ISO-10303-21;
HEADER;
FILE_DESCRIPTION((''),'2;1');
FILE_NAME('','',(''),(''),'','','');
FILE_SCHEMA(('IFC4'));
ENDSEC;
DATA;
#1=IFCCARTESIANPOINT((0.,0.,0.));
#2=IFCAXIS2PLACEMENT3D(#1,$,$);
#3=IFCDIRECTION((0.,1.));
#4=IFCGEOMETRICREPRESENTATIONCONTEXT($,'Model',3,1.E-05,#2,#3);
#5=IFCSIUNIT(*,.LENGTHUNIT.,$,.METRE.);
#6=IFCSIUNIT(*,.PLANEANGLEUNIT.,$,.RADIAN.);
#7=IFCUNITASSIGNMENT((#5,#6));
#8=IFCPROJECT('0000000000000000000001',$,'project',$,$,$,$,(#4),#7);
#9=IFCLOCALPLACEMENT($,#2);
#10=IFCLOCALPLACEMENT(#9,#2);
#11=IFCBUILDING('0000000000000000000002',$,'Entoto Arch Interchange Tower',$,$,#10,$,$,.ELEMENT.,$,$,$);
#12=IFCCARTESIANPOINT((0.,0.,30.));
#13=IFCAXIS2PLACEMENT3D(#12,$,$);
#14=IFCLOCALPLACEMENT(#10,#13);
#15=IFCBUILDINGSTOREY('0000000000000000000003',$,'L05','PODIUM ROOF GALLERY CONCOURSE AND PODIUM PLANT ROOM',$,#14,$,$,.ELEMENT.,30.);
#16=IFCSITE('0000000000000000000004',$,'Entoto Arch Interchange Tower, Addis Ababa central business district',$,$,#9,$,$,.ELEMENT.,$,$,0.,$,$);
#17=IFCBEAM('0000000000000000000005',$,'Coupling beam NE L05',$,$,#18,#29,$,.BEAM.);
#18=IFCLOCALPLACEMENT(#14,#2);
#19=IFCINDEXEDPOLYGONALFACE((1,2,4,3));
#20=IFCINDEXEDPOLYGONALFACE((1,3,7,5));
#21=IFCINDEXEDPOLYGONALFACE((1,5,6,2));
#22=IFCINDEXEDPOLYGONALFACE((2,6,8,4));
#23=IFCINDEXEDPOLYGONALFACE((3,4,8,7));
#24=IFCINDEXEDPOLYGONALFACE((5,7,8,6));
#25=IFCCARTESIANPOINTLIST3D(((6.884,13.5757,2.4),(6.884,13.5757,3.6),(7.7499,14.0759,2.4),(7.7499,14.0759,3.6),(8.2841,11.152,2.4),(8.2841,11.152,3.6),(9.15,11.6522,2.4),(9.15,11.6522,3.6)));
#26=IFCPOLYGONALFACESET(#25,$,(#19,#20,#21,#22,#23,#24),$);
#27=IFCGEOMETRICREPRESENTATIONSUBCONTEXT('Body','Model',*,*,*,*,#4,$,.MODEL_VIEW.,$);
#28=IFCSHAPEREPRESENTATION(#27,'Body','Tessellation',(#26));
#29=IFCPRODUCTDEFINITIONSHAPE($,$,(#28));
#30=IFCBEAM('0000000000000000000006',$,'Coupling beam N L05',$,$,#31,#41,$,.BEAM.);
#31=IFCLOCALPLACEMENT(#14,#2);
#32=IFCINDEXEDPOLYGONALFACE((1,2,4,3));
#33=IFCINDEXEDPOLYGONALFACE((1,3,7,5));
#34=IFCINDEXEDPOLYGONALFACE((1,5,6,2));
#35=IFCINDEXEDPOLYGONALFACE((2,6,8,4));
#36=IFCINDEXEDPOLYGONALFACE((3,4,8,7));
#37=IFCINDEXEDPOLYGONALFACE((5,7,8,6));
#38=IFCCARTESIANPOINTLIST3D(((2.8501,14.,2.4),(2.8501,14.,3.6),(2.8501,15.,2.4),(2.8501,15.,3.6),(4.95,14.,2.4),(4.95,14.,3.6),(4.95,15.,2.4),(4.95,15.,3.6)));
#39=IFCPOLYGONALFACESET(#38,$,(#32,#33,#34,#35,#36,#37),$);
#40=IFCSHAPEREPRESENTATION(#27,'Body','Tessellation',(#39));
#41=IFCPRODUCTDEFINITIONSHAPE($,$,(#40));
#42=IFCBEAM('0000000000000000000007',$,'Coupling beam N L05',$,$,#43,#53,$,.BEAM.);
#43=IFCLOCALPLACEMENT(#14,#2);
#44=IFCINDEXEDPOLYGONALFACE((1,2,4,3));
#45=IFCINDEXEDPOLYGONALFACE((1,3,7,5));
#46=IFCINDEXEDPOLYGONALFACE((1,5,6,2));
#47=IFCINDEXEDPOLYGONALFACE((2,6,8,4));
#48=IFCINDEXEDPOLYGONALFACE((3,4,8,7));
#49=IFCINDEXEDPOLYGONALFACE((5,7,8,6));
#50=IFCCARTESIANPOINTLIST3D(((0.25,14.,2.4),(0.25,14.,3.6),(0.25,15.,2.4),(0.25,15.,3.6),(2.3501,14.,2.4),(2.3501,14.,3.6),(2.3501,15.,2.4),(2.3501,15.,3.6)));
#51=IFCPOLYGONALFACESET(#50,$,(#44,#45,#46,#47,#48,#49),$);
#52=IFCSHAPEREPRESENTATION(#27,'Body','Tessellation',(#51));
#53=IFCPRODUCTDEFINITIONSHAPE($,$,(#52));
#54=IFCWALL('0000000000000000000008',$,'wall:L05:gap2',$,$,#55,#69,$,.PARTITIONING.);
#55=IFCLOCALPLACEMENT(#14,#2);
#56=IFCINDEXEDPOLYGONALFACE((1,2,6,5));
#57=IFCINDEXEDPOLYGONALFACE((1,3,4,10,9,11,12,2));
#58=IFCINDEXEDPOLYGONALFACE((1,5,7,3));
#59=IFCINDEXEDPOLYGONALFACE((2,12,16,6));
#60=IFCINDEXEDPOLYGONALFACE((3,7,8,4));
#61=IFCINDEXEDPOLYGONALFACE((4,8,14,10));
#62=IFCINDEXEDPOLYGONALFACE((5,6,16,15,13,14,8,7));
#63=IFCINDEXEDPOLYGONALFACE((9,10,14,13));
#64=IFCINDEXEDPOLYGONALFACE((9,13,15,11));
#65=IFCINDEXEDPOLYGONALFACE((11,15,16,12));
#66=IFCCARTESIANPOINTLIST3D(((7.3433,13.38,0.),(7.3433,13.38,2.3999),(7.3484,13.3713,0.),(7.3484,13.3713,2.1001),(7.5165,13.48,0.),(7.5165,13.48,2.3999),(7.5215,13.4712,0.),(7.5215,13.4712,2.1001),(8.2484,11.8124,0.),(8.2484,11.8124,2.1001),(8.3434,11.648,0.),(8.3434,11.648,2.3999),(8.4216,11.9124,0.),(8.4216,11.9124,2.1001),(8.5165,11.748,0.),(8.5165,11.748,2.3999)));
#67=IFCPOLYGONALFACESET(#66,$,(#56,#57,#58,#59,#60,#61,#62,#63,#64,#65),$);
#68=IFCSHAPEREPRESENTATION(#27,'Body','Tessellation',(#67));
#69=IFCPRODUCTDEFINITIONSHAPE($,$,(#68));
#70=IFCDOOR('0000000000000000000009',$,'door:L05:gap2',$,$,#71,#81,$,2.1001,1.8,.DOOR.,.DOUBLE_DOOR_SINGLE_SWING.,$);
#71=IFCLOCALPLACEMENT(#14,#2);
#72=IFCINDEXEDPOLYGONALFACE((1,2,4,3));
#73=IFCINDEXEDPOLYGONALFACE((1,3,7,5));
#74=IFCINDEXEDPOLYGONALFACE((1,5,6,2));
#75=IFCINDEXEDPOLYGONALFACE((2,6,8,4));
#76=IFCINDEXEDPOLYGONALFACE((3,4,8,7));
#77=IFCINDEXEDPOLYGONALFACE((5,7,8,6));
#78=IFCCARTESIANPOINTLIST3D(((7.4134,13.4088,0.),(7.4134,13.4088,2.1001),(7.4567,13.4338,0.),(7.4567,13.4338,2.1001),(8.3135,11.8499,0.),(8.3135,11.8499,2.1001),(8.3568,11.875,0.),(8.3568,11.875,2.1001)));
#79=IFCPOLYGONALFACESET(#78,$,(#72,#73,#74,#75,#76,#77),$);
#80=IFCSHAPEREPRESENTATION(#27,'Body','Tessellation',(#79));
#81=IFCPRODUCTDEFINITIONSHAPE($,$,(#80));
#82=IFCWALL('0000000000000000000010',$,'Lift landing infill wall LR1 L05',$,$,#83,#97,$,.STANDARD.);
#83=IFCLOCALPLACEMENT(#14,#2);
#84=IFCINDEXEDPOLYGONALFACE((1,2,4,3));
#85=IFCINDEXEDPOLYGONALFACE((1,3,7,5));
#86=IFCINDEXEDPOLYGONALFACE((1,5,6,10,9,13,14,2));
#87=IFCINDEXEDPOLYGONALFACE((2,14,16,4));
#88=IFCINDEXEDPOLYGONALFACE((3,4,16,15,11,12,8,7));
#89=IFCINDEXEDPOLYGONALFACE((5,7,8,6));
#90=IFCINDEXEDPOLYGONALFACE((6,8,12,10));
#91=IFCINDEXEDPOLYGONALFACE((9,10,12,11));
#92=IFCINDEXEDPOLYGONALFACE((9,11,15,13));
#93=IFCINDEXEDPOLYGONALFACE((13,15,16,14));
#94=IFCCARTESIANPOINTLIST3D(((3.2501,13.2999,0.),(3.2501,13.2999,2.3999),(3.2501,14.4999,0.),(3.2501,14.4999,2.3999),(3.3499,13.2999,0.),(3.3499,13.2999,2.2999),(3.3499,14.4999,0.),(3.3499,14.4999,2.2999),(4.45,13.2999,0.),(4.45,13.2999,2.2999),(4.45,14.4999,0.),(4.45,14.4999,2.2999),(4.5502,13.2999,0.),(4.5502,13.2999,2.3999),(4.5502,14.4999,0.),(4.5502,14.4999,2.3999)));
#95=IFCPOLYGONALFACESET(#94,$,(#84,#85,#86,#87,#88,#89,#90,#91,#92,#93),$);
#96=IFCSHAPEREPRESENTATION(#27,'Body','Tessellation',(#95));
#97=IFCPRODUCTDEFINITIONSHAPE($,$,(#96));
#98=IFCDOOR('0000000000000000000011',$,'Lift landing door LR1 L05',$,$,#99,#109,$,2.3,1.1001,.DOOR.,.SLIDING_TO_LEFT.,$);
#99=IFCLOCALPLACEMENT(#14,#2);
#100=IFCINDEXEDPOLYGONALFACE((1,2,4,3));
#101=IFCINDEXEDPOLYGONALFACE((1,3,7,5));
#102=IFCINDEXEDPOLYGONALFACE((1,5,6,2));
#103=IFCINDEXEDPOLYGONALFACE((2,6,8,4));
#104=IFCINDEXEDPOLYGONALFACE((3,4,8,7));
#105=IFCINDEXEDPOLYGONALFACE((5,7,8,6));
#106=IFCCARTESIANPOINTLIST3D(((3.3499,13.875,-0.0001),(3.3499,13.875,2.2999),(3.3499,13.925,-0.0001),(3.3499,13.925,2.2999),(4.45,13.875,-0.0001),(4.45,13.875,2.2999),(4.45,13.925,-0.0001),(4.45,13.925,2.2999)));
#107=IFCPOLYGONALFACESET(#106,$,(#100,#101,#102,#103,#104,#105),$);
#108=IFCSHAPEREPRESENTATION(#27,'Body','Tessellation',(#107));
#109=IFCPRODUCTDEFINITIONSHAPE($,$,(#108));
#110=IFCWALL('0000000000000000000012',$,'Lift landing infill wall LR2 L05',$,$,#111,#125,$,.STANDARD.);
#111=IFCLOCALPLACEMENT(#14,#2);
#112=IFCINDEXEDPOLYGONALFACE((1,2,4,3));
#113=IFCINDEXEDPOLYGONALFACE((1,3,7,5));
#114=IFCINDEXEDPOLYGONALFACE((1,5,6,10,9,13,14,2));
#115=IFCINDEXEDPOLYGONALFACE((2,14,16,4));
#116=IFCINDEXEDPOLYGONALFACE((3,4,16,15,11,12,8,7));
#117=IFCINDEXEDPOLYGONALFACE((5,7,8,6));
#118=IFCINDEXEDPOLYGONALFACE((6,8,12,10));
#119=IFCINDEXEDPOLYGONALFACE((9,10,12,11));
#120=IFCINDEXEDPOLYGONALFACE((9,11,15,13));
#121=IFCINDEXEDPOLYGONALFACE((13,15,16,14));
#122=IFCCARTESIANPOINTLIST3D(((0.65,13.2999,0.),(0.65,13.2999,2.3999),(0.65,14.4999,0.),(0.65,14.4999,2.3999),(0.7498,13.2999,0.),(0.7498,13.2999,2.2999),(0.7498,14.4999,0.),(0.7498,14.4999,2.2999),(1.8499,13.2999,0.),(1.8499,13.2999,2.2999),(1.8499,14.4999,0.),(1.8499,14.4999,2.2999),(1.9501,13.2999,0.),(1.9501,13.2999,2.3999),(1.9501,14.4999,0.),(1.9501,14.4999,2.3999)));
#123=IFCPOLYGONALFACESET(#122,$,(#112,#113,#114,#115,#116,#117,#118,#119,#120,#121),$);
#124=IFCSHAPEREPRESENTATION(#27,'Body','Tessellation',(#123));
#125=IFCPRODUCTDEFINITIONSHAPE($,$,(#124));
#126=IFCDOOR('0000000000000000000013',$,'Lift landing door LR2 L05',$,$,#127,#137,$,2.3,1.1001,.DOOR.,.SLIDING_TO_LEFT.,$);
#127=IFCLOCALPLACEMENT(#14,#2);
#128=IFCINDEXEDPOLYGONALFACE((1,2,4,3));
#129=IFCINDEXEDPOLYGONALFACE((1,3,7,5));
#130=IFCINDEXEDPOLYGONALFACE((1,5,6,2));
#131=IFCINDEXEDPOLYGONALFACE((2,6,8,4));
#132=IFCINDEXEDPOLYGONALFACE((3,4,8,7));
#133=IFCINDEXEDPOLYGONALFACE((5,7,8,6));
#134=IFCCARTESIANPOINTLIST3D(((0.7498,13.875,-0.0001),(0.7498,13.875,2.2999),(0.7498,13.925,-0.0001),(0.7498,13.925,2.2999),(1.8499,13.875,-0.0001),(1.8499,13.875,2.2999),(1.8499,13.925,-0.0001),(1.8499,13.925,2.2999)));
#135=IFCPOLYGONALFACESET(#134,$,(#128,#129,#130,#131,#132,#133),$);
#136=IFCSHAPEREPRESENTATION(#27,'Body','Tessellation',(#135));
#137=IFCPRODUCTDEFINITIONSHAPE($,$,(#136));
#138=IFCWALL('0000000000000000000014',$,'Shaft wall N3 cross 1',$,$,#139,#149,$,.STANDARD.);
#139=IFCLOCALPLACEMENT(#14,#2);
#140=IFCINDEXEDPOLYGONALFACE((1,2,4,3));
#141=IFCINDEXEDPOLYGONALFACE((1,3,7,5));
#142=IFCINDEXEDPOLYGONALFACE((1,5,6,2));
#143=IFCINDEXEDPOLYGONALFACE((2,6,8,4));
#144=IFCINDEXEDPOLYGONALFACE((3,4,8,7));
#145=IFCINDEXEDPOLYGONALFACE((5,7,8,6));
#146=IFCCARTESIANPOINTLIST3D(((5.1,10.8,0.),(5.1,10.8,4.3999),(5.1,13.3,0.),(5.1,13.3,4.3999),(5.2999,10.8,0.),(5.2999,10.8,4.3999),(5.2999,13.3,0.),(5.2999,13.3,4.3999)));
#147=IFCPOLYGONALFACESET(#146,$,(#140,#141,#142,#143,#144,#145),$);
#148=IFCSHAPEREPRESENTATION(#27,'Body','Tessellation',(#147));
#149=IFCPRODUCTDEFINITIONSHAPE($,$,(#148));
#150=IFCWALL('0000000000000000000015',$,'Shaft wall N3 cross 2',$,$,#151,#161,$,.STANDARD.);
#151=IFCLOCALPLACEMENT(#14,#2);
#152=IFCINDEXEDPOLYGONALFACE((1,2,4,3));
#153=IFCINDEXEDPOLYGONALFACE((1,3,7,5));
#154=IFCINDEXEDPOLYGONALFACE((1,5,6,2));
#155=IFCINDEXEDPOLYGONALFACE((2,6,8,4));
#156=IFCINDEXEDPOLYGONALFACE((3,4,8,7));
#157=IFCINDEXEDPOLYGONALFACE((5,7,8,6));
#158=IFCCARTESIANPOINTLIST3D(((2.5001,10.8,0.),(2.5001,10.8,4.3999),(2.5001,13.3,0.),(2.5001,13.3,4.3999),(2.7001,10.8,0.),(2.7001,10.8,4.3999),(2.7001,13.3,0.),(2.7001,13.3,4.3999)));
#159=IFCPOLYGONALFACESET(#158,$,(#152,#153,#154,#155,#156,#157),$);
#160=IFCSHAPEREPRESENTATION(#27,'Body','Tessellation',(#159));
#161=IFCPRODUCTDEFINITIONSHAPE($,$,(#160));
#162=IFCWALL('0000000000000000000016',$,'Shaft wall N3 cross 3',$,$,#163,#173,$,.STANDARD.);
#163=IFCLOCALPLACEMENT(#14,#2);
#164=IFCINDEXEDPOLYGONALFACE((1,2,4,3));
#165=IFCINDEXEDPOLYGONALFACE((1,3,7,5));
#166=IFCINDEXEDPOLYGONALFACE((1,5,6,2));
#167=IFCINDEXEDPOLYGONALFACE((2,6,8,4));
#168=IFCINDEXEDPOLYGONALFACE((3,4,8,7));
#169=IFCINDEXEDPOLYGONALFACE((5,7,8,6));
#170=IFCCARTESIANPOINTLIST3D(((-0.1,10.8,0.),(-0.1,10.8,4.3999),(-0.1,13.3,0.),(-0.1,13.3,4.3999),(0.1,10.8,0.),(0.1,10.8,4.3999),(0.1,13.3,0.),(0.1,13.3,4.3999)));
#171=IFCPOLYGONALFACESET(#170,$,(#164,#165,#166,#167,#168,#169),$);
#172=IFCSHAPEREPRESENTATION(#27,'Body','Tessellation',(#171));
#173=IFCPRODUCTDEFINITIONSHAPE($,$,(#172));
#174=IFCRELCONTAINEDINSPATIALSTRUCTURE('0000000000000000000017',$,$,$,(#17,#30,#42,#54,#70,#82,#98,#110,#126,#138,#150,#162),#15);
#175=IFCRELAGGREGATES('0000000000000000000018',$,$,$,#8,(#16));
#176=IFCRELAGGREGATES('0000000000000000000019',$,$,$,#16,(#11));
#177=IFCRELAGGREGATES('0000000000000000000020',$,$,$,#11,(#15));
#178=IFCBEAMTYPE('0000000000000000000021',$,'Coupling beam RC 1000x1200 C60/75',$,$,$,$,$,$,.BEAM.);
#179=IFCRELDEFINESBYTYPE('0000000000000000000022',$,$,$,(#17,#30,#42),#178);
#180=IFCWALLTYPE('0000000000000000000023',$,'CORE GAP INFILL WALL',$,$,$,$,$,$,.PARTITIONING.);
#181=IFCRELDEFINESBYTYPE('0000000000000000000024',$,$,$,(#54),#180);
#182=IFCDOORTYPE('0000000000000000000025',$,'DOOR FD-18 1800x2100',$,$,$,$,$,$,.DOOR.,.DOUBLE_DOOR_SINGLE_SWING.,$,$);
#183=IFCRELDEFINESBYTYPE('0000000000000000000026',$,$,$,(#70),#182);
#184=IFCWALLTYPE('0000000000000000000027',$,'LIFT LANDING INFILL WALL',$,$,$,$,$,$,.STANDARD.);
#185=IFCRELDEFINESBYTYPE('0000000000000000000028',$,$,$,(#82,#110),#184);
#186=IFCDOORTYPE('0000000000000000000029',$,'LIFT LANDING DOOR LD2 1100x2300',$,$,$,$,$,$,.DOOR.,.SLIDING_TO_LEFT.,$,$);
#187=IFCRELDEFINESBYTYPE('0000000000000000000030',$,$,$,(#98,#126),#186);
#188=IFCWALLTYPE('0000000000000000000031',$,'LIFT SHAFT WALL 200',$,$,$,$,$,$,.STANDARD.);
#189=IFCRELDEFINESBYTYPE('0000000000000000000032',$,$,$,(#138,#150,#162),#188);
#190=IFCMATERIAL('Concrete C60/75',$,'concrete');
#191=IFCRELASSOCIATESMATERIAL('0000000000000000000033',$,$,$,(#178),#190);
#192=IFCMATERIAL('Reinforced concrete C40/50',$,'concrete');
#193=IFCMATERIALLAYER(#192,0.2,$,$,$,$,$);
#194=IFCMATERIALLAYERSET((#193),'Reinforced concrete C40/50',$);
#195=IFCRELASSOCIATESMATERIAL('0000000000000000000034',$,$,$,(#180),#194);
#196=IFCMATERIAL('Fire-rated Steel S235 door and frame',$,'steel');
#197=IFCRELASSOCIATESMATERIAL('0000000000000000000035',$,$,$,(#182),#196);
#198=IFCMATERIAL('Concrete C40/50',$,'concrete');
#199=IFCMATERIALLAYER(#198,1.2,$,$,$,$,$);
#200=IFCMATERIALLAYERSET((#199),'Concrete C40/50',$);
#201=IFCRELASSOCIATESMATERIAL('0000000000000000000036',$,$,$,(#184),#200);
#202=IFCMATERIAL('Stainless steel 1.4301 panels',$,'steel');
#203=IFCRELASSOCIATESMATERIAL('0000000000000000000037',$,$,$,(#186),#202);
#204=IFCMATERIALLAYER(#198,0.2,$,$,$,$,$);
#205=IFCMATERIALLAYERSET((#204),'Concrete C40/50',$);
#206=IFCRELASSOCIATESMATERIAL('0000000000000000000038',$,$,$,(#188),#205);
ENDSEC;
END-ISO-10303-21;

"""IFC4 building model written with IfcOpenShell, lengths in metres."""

from ifc_helpers import new_model, si_unit, direction, frame, frame_2d, origin, origin_2d, place, context, subcontext, project, spatial, rectangle, extrude, material, layer, layer_set, material_profile, profile_set, type_object, element, fill, save


model = new_model("IFC4")

# Units and contexts
model_context = context("Model", 3, precision=1e-05, world=origin(), true_north=direction((0.0, 1.0)))
body_context = subcontext(model_context, "Body", "Model", "MODEL_VIEW")
ifc_project = project(units=[si_unit("LENGTHUNIT", "METRE"), si_unit("PLANEANGLEUNIT", "RADIAN")], contexts=[model_context])

# Site, building, storey
site_placement = place(None, origin())
site = spatial("IfcSite", under=ifc_project, at=site_placement, Name="Entoto Arch Interchange Tower, Addis Ababa central business district", CompositionType="ELEMENT", RefElevation=0.0)
building_placement = place(site_placement, origin())
building = spatial("IfcBuilding", under=site, at=building_placement, Name="Entoto Arch Interchange Tower", CompositionType="ELEMENT")
storey_placement = place(building_placement, frame((0.0, 0.0, 30.0)))
storey = spatial("IfcBuildingStorey", under=building, at=storey_placement, Name="L05", Description="PODIUM ROOF GALLERY CONCOURSE AND PODIUM PLANT ROOM", CompositionType="ELEMENT", Elevation=30.0)

# Beams
ifc_material_1 = material(Name="Concrete C60/75", Category="concrete")
ifc_material_profile = material_profile(ifc_material_1, rectangle(XDim=1.0, YDim=1.2, at=origin_2d()))
ifc_profile_set = profile_set([ifc_material_profile], Name="Concrete C60/75")
beam_type = type_object("IfcBeamType", Name="Coupling beam RC 1000x1200 C60/75", PredefinedType="BEAM", material=ifc_profile_set)
beam_1_placement = place(storey_placement, frame((8.717, 11.4021, 3.0), z_axis=(-0.500201, 0.86591, 0.0), x_axis=(-0.86591, -0.500201, 0.0)))
element("IfcBeam", 1, at=beam_1_placement, inside=storey, type_object=beam_type, Name="Coupling beam NE L05", PredefinedType="BEAM", context=body_context, shape_type="SweptSolid", body=[
    extrude(rectangle(XDim=1.0, YDim=1.2, at=origin_2d()), origin(), (0.0, 0.0, 1.0), 2.7991),
])
beam_2_placement = place(storey_placement, frame((4.95, 14.5, 3.0), z_axis=(-1.0, 0.0, 0.0), x_axis=(0.0, -1.0, 0.0)))
element("IfcBeam", 2, at=beam_2_placement, inside=storey, type_object=beam_type, Name="Coupling beam N L05", PredefinedType="BEAM", context=body_context, shape_type="SweptSolid", body=[
    extrude(rectangle(XDim=1.0, YDim=1.2, at=origin_2d()), origin(), (0.0, 0.0, 1.0), 2.0999),
])
beam_3_placement = place(storey_placement, frame((2.3501, 14.5, 3.0), z_axis=(-1.0, 0.0, 0.0), x_axis=(0.0, -1.0, 0.0)))
element("IfcBeam", 3, at=beam_3_placement, inside=storey, type_object=beam_type, Name="Coupling beam N L05", PredefinedType="BEAM", context=body_context, shape_type="SweptSolid", body=[
    extrude(rectangle(XDim=1.0, YDim=1.2, at=origin_2d()), origin(), (0.0, 0.0, 1.0), 2.1001),
])

# Walls, openings, doors
ifc_material_2 = material(Name="Reinforced concrete C40/50", Category="concrete")
ifc_layer_1 = layer(ifc_material_2, 0.2)
ifc_layer_set_1 = layer_set([ifc_layer_1], Name="Reinforced concrete C40/50")
wall_type_1 = type_object("IfcWallType", Name="CORE GAP INFILL WALL", PredefinedType="PARTITIONING", material=ifc_layer_set_1)
wall_1_placement = place(storey_placement, frame((8.4299, 11.698, 0.0), z_axis=(0.0, 0.0, 1.0), x_axis=(-0.500025, 0.866011, 0.0)))
wall_1 = element("IfcWall", 4, at=wall_1_placement, inside=storey, type_object=wall_type_1, Name="wall:L05:gap2", PredefinedType="PARTITIONING", context=body_context, shape_type="SweptSolid", body=[
    extrude(rectangle(XDim=2.0, YDim=0.2, at=frame_2d((1.0, 0.0))), origin(), (0.0, 0.0, 1.0), 2.3999),
])
opening_1_placement = place(wall_1_placement, frame((0.1899, 0.0, 0.0)))
opening_1 = element("IfcOpeningElement", 5, at=opening_1_placement, cuts=wall_1, PredefinedType="OPENING", context=body_context, shape_type="SweptSolid", body=[
    extrude(rectangle(XDim=1.8, YDim=2.1001, at=frame_2d((0.8999, 1.05))), frame((0.0, 0.1099, 0.0), z_axis=(0.0, -1.0, 0.0), x_axis=(1.0, 0.0, 0.0)), (0.0, 0.0, 1.0), 0.22),
])
ifc_material_3 = material(Name="Fire-rated Steel S235 door and frame", Category="steel")
door_type_1 = type_object("IfcDoorType", Name="DOOR FD-18 1800x2100", OperationType="DOUBLE_DOOR_SINGLE_SWING", PredefinedType="DOOR", material=ifc_material_3)
door_1_placement = place(opening_1_placement, origin())
door_1 = element("IfcDoor", 6, at=door_1_placement, inside=storey, type_object=door_type_1, Name="door:L05:gap2", OperationType="DOUBLE_DOOR_SINGLE_SWING", OverallHeight=2.1001, OverallWidth=1.8, PredefinedType="DOOR", context=body_context, shape_type="SweptSolid", body=[
    extrude(rectangle(XDim=1.8, YDim=2.1001, at=frame_2d((0.8999, 1.05))), frame((0.0, 0.0249, 0.0), z_axis=(0.0, -1.0, 0.0), x_axis=(1.0, 0.0, 0.0)), (0.0, 0.0, 1.0), 0.05),
])
fill(opening_1, door_1)
ifc_material_4 = material(Name="Concrete C40/50", Category="concrete")
ifc_layer_2 = layer(ifc_material_4, 1.2)
ifc_layer_set_2 = layer_set([ifc_layer_2], Name="Concrete C40/50")
wall_type_2 = type_object("IfcWallType", Name="LIFT LANDING INFILL WALL", PredefinedType="STANDARD", material=ifc_layer_set_2)
wall_2_placement = place(storey_placement, frame((4.55, 13.8999, 0.0), z_axis=(0.0, 0.0, 1.0), x_axis=(-1.0, 0.0, 0.0)))
wall_2 = element("IfcWall", 7, at=wall_2_placement, inside=storey, type_object=wall_type_2, Name="Lift landing infill wall LR1 L05", PredefinedType="STANDARD", context=body_context, shape_type="SweptSolid", body=[
    extrude(rectangle(XDim=1.3, YDim=1.2, at=frame_2d((0.6499, 0.0))), origin(), (0.0, 0.0, 1.0), 2.3999),
])
opening_2_placement = place(wall_2_placement, frame((0.1001, 0.0, 0.0)))
opening_2 = element("IfcOpeningElement", 8, at=opening_2_placement, cuts=wall_2, PredefinedType="OPENING", context=body_context, shape_type="SweptSolid", body=[
    extrude(rectangle(XDim=1.1001, YDim=2.3, at=frame_2d((0.55, 1.1499))), frame((0.0, 0.6099, 0.0), z_axis=(0.0, -1.0, 0.0), x_axis=(1.0, 0.0, 0.0)), (0.0, 0.0, 1.0), 1.22),
])
ifc_material_5 = material(Name="Stainless steel 1.4301 panels", Category="steel")
door_type_2 = type_object("IfcDoorType", Name="LIFT LANDING DOOR LD2 1100x2300", OperationType="SLIDING_TO_LEFT", PredefinedType="DOOR", material=ifc_material_5)
door_2_placement = place(opening_2_placement, origin())
door_2 = element("IfcDoor", 9, at=door_2_placement, inside=storey, type_object=door_type_2, Name="Lift landing door LR1 L05", OperationType="SLIDING_TO_LEFT", OverallHeight=2.3, OverallWidth=1.1001, PredefinedType="DOOR", context=body_context, shape_type="SweptSolid", body=[
    extrude(rectangle(XDim=1.1001, YDim=2.3, at=frame_2d((0.55, 1.1499))), frame((0.0, 0.0249, 0.0), z_axis=(0.0, -1.0, 0.0), x_axis=(1.0, 0.0, 0.0)), (0.0, 0.0, 1.0), 0.05),
])
fill(opening_2, door_2)
wall_3_placement = place(storey_placement, frame((1.95, 13.8999, 0.0), z_axis=(0.0, 0.0, 1.0), x_axis=(-1.0, 0.0, 0.0)))
wall_3 = element("IfcWall", 10, at=wall_3_placement, inside=storey, type_object=wall_type_2, Name="Lift landing infill wall LR2 L05", PredefinedType="STANDARD", context=body_context, shape_type="SweptSolid", body=[
    extrude(rectangle(XDim=1.3, YDim=1.2, at=frame_2d((0.6499, 0.0))), origin(), (0.0, 0.0, 1.0), 2.3999),
])
opening_3_placement = place(wall_3_placement, frame((0.1001, 0.0, 0.0)))
opening_3 = element("IfcOpeningElement", 11, at=opening_3_placement, cuts=wall_3, PredefinedType="OPENING", context=body_context, shape_type="SweptSolid", body=[
    extrude(rectangle(XDim=1.1001, YDim=2.3, at=frame_2d((0.55, 1.1499))), frame((0.0, 0.6099, 0.0), z_axis=(0.0, -1.0, 0.0), x_axis=(1.0, 0.0, 0.0)), (0.0, 0.0, 1.0), 1.22),
])
door_3_placement = place(opening_3_placement, origin())
door_3 = element("IfcDoor", 12, at=door_3_placement, inside=storey, type_object=door_type_2, Name="Lift landing door LR2 L05", OperationType="SLIDING_TO_LEFT", OverallHeight=2.3, OverallWidth=1.1001, PredefinedType="DOOR", context=body_context, shape_type="SweptSolid", body=[
    extrude(rectangle(XDim=1.1001, YDim=2.3, at=frame_2d((0.55, 1.1499))), frame((0.0, 0.0249, 0.0), z_axis=(0.0, -1.0, 0.0), x_axis=(1.0, 0.0, 0.0)), (0.0, 0.0, 1.0), 0.05),
])
fill(opening_3, door_3)

# Walls
ifc_layer_3 = layer(ifc_material_4, 0.2)
ifc_layer_set_3 = layer_set([ifc_layer_3], Name="Concrete C40/50")
wall_type_3 = type_object("IfcWallType", Name="LIFT SHAFT WALL 200", PredefinedType="STANDARD", material=ifc_layer_set_3)
for number, where, z_axis, x_axis, name in (
    (13, (5.2, 10.8, 0.0), (0.0, 0.0, 1.0), (0.0, 1.0, 0.0), "Shaft wall N3 cross 1"),
    (14, (2.6001, 10.8, 0.0), (0.0, 0.0, 1.0), (0.0, 1.0, 0.0), "Shaft wall N3 cross 2"),
    (15, (0.0, 10.8, 0.0), (0.0, 0.0, 1.0), (0.0, 1.0, 0.0), "Shaft wall N3 cross 3"),
):
    element("IfcWall", number, at=place(storey_placement, frame(where, z_axis=z_axis, x_axis=x_axis)), inside=storey, type_object=wall_type_3, Name=name, PredefinedType="STANDARD", context=body_context, shape_type="SweptSolid", body=[
        extrude(rectangle(XDim=2.5, YDim=0.2, at=frame_2d((1.25, 0.0))), origin(), (0.0, 0.0, 1.0), 4.3999),
    ])

save(model, "model.ifc")
